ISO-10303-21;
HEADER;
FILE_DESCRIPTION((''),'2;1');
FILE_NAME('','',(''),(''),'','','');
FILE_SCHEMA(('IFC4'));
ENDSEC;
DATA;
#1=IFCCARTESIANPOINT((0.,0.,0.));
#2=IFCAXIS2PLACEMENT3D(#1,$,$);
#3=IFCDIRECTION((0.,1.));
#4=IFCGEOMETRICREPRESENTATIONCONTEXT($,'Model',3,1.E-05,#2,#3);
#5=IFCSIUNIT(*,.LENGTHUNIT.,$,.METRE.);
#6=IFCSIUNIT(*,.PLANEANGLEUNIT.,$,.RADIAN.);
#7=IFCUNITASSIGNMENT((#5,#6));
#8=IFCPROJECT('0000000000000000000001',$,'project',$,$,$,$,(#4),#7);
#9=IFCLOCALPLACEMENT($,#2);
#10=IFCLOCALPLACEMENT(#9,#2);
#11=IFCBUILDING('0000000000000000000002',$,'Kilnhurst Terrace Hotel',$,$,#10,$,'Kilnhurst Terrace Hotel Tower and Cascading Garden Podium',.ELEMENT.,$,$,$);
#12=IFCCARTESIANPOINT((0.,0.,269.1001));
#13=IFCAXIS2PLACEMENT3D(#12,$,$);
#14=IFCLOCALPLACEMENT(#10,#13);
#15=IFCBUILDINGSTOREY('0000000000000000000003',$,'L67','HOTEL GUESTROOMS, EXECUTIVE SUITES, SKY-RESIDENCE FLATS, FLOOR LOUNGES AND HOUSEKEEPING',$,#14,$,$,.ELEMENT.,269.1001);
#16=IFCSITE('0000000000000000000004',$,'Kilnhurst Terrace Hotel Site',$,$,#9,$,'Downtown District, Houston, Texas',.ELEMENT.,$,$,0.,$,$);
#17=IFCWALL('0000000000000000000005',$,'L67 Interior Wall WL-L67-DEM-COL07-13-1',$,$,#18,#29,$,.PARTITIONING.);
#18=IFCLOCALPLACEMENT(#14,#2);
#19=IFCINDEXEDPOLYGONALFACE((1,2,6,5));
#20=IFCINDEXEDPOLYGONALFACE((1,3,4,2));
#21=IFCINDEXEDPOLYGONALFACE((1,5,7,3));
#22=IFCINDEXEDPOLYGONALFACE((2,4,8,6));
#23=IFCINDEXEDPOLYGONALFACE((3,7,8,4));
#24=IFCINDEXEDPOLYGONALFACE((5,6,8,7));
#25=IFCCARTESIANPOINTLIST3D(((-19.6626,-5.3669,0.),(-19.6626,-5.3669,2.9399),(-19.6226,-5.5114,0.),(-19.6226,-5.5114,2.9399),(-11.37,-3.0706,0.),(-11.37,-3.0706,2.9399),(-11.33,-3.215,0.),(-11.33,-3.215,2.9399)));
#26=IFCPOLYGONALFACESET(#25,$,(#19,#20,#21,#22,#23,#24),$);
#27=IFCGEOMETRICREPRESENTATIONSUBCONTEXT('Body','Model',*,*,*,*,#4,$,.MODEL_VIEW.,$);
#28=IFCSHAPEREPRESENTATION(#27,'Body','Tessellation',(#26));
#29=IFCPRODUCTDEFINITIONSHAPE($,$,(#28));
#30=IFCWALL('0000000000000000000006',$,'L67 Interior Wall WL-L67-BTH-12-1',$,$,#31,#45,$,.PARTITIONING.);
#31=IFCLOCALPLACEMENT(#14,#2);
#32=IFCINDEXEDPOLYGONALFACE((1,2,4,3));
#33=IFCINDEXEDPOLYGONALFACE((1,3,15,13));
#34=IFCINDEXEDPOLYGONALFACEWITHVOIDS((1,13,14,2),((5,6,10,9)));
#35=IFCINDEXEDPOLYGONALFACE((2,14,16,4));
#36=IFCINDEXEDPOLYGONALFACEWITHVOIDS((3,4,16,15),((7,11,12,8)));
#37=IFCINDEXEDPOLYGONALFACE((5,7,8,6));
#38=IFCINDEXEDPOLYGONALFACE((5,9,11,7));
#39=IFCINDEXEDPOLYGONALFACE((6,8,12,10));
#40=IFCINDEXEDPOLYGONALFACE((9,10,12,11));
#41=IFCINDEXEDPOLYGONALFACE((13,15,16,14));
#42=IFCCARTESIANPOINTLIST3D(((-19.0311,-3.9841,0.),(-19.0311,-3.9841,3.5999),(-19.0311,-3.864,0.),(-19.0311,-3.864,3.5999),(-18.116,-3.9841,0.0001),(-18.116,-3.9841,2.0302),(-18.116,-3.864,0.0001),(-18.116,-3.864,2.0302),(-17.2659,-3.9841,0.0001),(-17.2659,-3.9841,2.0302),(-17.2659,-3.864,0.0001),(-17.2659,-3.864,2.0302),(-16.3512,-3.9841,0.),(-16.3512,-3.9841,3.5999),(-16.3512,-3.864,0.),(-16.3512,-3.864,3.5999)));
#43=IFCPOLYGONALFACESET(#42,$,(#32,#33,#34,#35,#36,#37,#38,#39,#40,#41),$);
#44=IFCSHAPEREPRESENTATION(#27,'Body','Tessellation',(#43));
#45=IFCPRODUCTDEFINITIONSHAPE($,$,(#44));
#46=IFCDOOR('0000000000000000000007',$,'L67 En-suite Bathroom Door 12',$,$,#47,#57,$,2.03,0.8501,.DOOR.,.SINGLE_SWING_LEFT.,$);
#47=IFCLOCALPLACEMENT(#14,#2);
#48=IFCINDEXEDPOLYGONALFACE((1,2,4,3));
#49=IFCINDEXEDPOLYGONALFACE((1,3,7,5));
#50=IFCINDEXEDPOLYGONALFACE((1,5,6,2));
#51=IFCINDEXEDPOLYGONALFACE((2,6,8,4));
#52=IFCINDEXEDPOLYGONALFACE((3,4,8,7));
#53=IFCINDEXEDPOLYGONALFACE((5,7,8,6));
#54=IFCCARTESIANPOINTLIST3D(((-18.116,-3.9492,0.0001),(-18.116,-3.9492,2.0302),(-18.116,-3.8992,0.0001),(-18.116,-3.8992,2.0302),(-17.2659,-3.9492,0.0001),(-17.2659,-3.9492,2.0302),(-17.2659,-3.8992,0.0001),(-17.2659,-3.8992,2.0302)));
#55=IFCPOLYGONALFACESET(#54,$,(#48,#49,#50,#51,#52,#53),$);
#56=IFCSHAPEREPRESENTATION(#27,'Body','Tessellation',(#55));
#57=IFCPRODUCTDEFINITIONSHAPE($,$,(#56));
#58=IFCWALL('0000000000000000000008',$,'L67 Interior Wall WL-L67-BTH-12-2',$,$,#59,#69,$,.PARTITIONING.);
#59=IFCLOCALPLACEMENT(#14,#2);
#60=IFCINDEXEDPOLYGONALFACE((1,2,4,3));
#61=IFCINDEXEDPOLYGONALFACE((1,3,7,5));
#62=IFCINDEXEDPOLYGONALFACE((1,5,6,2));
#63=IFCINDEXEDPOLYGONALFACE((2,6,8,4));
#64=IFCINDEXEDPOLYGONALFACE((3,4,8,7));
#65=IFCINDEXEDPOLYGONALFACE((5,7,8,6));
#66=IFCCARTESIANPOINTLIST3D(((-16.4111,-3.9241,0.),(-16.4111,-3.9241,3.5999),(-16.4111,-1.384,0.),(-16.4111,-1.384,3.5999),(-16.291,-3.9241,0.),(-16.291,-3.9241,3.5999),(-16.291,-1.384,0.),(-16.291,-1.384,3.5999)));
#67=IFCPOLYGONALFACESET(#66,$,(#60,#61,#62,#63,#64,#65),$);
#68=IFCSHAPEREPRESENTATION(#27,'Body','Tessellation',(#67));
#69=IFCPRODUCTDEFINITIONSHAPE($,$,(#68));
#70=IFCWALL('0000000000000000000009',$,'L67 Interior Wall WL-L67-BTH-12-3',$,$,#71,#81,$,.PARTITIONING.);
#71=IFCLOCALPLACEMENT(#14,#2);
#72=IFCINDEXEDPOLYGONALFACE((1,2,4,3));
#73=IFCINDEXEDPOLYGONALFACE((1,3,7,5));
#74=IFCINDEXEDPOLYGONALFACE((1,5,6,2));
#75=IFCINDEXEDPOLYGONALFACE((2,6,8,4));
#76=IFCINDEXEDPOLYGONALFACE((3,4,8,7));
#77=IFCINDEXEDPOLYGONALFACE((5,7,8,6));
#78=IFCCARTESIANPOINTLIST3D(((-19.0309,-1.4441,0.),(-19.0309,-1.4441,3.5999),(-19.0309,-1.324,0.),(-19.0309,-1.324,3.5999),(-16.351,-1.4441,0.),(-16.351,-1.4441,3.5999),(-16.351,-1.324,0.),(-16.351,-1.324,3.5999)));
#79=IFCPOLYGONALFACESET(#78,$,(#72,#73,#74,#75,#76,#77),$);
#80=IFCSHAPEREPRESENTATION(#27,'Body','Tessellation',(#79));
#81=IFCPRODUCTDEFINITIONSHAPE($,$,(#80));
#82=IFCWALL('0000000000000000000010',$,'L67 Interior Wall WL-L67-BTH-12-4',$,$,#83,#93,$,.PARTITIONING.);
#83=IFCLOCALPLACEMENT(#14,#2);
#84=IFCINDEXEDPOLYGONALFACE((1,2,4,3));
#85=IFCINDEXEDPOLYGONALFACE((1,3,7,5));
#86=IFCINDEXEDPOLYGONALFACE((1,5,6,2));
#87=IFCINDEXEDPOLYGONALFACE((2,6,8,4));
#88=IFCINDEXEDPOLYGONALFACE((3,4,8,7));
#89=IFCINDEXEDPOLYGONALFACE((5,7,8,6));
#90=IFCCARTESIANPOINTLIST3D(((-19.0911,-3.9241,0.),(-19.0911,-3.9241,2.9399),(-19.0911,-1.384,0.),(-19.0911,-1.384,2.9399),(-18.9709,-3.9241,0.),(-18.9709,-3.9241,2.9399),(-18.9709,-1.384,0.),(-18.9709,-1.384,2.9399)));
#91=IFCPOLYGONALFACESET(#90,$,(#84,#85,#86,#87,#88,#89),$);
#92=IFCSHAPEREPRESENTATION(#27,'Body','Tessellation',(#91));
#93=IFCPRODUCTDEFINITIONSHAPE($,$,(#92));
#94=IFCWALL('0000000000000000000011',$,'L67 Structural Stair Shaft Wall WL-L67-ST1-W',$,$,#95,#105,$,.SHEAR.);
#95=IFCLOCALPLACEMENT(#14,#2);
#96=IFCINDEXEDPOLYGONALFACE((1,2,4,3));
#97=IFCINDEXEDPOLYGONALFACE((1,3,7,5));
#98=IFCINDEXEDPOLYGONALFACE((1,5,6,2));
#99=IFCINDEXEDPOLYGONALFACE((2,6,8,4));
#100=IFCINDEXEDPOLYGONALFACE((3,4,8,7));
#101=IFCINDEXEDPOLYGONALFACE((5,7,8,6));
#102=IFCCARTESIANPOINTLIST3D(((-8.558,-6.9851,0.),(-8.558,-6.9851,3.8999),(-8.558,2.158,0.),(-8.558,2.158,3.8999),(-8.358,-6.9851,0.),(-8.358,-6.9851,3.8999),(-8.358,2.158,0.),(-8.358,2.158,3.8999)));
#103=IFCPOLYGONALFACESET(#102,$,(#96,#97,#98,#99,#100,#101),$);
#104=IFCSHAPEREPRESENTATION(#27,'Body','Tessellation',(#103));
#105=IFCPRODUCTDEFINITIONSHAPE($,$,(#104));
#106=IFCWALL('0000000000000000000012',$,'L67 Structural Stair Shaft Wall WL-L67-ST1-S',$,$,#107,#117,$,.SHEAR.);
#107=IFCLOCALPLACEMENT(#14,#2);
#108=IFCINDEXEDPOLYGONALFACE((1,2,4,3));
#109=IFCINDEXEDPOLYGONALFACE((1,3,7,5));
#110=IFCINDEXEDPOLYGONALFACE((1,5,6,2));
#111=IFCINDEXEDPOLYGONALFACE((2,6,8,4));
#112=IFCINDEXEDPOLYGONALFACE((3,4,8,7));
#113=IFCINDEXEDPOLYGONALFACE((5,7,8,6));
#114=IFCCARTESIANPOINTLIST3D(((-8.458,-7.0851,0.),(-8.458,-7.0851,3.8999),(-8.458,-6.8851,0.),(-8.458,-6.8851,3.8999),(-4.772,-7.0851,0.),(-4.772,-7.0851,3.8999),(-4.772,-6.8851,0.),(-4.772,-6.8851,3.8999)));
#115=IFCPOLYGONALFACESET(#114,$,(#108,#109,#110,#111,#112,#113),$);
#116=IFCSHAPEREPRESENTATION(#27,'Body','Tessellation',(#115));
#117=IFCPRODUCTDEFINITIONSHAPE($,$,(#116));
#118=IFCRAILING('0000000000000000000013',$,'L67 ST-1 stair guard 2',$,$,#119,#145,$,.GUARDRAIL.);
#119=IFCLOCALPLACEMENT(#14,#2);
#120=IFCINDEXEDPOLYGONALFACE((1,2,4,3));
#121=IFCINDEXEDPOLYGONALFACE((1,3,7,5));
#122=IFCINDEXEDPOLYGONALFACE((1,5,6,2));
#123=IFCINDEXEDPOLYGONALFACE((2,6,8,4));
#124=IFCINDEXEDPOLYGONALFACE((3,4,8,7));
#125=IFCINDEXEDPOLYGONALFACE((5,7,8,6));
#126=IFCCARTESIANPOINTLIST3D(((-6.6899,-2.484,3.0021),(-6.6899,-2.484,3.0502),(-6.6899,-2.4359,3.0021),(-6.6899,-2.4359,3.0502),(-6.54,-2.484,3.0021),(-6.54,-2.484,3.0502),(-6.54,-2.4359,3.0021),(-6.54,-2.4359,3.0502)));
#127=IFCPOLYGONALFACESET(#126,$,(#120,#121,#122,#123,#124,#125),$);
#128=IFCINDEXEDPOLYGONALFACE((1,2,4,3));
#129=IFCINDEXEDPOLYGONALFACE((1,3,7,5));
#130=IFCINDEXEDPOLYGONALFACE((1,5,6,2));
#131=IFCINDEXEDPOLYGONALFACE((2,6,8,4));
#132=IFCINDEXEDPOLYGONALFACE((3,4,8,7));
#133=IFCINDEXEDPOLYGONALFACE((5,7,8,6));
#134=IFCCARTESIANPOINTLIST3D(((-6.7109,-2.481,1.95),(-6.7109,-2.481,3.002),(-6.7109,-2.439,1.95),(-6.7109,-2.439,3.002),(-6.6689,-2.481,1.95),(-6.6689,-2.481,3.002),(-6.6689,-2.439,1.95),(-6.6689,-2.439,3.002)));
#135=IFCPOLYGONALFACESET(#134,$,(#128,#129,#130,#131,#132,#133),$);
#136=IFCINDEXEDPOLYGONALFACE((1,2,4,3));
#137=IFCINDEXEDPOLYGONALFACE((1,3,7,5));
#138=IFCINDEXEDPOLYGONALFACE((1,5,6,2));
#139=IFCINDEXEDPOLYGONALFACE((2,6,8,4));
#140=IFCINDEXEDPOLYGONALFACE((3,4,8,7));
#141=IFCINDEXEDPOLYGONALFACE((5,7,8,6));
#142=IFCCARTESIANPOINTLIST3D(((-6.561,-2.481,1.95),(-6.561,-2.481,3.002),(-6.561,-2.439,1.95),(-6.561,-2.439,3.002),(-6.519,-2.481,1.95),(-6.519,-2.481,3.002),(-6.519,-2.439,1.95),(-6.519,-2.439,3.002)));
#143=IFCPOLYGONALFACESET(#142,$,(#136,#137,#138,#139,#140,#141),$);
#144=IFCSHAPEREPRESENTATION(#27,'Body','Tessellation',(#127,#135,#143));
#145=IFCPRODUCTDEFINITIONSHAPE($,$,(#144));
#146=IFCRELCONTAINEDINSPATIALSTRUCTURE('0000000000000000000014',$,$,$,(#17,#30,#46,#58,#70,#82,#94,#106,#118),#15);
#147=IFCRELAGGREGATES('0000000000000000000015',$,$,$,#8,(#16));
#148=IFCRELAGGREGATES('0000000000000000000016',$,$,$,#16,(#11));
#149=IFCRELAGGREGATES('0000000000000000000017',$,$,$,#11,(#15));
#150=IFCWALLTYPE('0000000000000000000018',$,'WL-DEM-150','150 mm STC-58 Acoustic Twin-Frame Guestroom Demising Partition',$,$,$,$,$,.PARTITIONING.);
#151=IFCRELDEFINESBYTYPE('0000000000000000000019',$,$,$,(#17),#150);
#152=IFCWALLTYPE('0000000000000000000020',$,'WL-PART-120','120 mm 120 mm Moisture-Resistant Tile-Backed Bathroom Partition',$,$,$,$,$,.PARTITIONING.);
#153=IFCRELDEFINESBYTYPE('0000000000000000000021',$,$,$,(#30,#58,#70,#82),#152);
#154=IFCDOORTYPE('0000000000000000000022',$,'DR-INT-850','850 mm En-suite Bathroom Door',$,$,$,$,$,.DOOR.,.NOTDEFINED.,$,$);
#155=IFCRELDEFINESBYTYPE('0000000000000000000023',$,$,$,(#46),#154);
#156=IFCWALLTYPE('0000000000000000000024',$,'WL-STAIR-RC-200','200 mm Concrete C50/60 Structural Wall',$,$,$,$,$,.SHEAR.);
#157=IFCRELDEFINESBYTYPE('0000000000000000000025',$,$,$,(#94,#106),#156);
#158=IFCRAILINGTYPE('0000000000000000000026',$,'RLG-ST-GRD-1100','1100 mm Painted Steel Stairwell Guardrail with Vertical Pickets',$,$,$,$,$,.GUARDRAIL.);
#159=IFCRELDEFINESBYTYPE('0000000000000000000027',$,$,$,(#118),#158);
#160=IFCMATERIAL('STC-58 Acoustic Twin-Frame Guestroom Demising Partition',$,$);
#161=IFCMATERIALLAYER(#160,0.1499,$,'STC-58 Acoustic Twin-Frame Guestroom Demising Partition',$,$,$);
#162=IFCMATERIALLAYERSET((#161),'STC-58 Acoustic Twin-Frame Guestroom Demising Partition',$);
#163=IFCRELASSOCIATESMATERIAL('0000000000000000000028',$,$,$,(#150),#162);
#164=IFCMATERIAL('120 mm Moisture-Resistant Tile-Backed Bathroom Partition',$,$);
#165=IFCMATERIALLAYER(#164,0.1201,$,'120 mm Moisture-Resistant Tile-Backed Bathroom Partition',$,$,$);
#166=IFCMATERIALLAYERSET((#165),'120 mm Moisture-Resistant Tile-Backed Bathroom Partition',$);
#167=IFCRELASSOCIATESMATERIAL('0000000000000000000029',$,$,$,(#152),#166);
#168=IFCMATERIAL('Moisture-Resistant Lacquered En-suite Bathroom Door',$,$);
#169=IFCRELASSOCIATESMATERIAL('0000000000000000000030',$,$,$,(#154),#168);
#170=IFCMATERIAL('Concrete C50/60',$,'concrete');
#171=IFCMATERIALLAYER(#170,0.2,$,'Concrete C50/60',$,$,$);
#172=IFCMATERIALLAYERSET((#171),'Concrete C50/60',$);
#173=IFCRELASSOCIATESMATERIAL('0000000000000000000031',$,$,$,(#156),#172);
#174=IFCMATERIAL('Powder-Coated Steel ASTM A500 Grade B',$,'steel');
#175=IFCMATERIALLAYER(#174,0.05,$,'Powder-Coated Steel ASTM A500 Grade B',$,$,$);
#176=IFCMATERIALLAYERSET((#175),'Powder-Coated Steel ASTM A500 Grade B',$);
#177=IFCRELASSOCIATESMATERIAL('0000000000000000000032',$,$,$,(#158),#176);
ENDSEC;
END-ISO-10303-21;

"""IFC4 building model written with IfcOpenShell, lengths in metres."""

from ifc_helpers import new_model, si_unit, direction, frame, frame_2d, origin, origin_2d, place, context, subcontext, project, spatial, rectangle, extrude, material, layer, layer_set, type_object, element, fill, save


model = new_model("IFC4")

# Units and contexts
model_context = context("Model", 3, precision=1e-05, world=origin(), true_north=direction((0.0, 1.0)))
body_context = subcontext(model_context, "Body", "Model", "MODEL_VIEW")
ifc_project = project(units=[si_unit("LENGTHUNIT", "METRE"), si_unit("PLANEANGLEUNIT", "RADIAN")], contexts=[model_context])

# Site, building, storey
site_placement = place(None, origin())
site = spatial("IfcSite", under=ifc_project, at=site_placement, Name="Kilnhurst Terrace Hotel Site", LongName="Downtown District, Houston, Texas", CompositionType="ELEMENT", RefElevation=0.0)
building_placement = place(site_placement, origin())
building = spatial("IfcBuilding", under=site, at=building_placement, Name="Kilnhurst Terrace Hotel", LongName="Kilnhurst Terrace Hotel Tower and Cascading Garden Podium", CompositionType="ELEMENT")
storey_placement = place(building_placement, frame((0.0, 0.0, 269.1001)))
storey = spatial("IfcBuildingStorey", under=building, at=storey_placement, Name="L67", Description="HOTEL GUESTROOMS, EXECUTIVE SUITES, SKY-RESIDENCE FLATS, FLOOR LOUNGES AND HOUSEKEEPING", CompositionType="ELEMENT", Elevation=269.1001)

# Shared definitions
ifc_material_1 = material(Name="Concrete C50/60", Category="concrete")

# Wall
ifc_material_2 = material(Name="STC-58 Acoustic Twin-Frame Guestroom Demising Partition")
ifc_layer_1 = layer(ifc_material_2, 0.1499, Name="STC-58 Acoustic Twin-Frame Guestroom Demising Partition")
ifc_layer_set_1 = layer_set([ifc_layer_1], Name="STC-58 Acoustic Twin-Frame Guestroom Demising Partition")
wall_type_1 = type_object("IfcWallType", Name="WL-DEM-150", Description="150 mm STC-58 Acoustic Twin-Frame Guestroom Demising Partition", PredefinedType="PARTITIONING", material=ifc_layer_set_1)
wall_1_placement = place(storey_placement, frame((-11.3501, -3.1428, 0.0), z_axis=(0.0, 0.0, 1.0), x_axis=(-0.963732, -0.266873, 0.0)))
element("IfcWall", 1, at=wall_1_placement, inside=storey, type_object=wall_type_1, Name="L67 Interior Wall WL-L67-DEM-COL07-13-1", PredefinedType="PARTITIONING", context=body_context, shape_type="SweptSolid", body=[
    extrude(rectangle(XDim=8.6047, YDim=0.1499, at=frame_2d((4.3022, 0.0))), origin(), (0.0, 0.0, 1.0), 2.9399),
])

# Wall, opening, door
ifc_material_3 = material(Name="120 mm Moisture-Resistant Tile-Backed Bathroom Partition")
ifc_layer_2 = layer(ifc_material_3, 0.1201, Name="120 mm Moisture-Resistant Tile-Backed Bathroom Partition")
ifc_layer_set_2 = layer_set([ifc_layer_2], Name="120 mm Moisture-Resistant Tile-Backed Bathroom Partition")
wall_type_2 = type_object("IfcWallType", Name="WL-PART-120", Description="120 mm 120 mm Moisture-Resistant Tile-Backed Bathroom Partition", PredefinedType="PARTITIONING", material=ifc_layer_set_2)
wall_2_placement = place(storey_placement, frame((-19.031, -3.9241, 0.0), z_axis=(0.0, 0.0, 1.0), x_axis=(1.0, 0.0, 0.0)))
wall_2 = element("IfcWall", 2, at=wall_2_placement, inside=storey, type_object=wall_type_2, Name="L67 Interior Wall WL-L67-BTH-12-1", PredefinedType="PARTITIONING", context=body_context, shape_type="SweptSolid", body=[
    extrude(rectangle(XDim=2.6799, YDim=0.1201, at=frame_2d((1.3398, 0.0))), origin(), (0.0, 0.0, 1.0), 3.5999),
])
opening_1_placement = place(wall_2_placement, frame((0.915, 0.0, 0.0)))
opening_1 = element("IfcOpeningElement", 3, at=opening_1_placement, cuts=wall_2, PredefinedType="OPENING", context=body_context, shape_type="SweptSolid", body=[
    extrude(rectangle(XDim=0.8501, YDim=2.03, at=frame_2d((0.425, 1.0151))), frame((0.0, 0.0701, 0.0), z_axis=(0.0, -1.0, 0.0), x_axis=(1.0, 0.0, 0.0)), (0.0, 0.0, 1.0), 0.1401),
])
ifc_material_4 = material(Name="Moisture-Resistant Lacquered En-suite Bathroom Door")
door_type_1 = type_object("IfcDoorType", Name="DR-INT-850", Description="850 mm En-suite Bathroom Door", OperationType="NOTDEFINED", PredefinedType="DOOR", material=ifc_material_4)
door_1_placement = place(opening_1_placement, origin())
door_1 = element("IfcDoor", 4, at=door_1_placement, inside=storey, type_object=door_type_1, Name="L67 En-suite Bathroom Door 12", OperationType="SINGLE_SWING_LEFT", OverallHeight=2.03, OverallWidth=0.8501, PredefinedType="DOOR", context=body_context, shape_type="SweptSolid", body=[
    extrude(rectangle(XDim=0.8501, YDim=2.03, at=frame_2d((0.425, 1.0151))), frame((0.0, 0.0249, 0.0), z_axis=(0.0, -1.0, 0.0), x_axis=(1.0, 0.0, 0.0)), (0.0, 0.0, 1.0), 0.05),
])
fill(opening_1, door_1)

# Walls
wall_3_placement = place(storey_placement, frame((-16.3511, -3.9241, 0.0), z_axis=(0.0, 0.0, 1.0), x_axis=(0.0, 1.0, 0.0)))
element("IfcWall", 5, at=wall_3_placement, inside=storey, type_object=wall_type_2, Name="L67 Interior Wall WL-L67-BTH-12-2", PredefinedType="PARTITIONING", context=body_context, shape_type="SweptSolid", body=[
    extrude(rectangle(XDim=2.54, YDim=0.1201, at=frame_2d((1.27, 0.0))), origin(), (0.0, 0.0, 1.0), 3.5999),
])
wall_4_placement = place(storey_placement, frame((-16.3511, -1.384, 0.0), z_axis=(0.0, 0.0, 1.0), x_axis=(-1.0, 0.0, 0.0)))
element("IfcWall", 6, at=wall_4_placement, inside=storey, type_object=wall_type_2, Name="L67 Interior Wall WL-L67-BTH-12-3", PredefinedType="PARTITIONING", context=body_context, shape_type="SweptSolid", body=[
    extrude(rectangle(XDim=2.6799, YDim=0.1201, at=frame_2d((1.3398, 0.0))), origin(), (0.0, 0.0, 1.0), 3.5999),
])
wall_5_placement = place(storey_placement, frame((-19.031, -1.384, 0.0), z_axis=(0.0, 0.0, 1.0), x_axis=(0.0, -1.0, 0.0)))
element("IfcWall", 7, at=wall_5_placement, inside=storey, type_object=wall_type_2, Name="L67 Interior Wall WL-L67-BTH-12-4", PredefinedType="PARTITIONING", context=body_context, shape_type="SweptSolid", body=[
    extrude(rectangle(XDim=2.54, YDim=0.1201, at=frame_2d((1.27, 0.0))), origin(), (0.0, 0.0, 1.0), 2.9399),
])
ifc_layer_3 = layer(ifc_material_1, 0.2, Name="Concrete C50/60")
ifc_layer_set_3 = layer_set([ifc_layer_3], Name="Concrete C50/60")
wall_type_3 = type_object("IfcWallType", Name="WL-STAIR-RC-200", Description="200 mm Concrete C50/60 Structural Wall", PredefinedType="SHEAR", material=ifc_layer_set_3)
wall_6_placement = place(storey_placement, frame((-8.458, -6.9851, 0.0), z_axis=(0.0, 0.0, 1.0), x_axis=(0.0, 1.0, 0.0)))
element("IfcWall", 8, at=wall_6_placement, inside=storey, type_object=wall_type_3, Name="L67 Structural Stair Shaft Wall WL-L67-ST1-W", PredefinedType="SHEAR", context=body_context, shape_type="SweptSolid", body=[
    extrude(rectangle(XDim=9.1431, YDim=0.2, at=frame_2d((4.5715, 0.0))), origin(), (0.0, 0.0, 1.0), 3.8999),
])
wall_7_placement = place(storey_placement, frame((-8.458, -6.9851, 0.0), z_axis=(0.0, 0.0, 1.0), x_axis=(1.0, 0.0, 0.0)))
element("IfcWall", 9, at=wall_7_placement, inside=storey, type_object=wall_type_3, Name="L67 Structural Stair Shaft Wall WL-L67-ST1-S", PredefinedType="SHEAR", context=body_context, shape_type="SweptSolid", body=[
    extrude(rectangle(XDim=3.686, YDim=0.2, at=frame_2d((1.843, 0.0))), origin(), (0.0, 0.0, 1.0), 3.8999),
])

# Railing
ifc_material_5 = material(Name="Powder-Coated Steel ASTM A500 Grade B", Category="steel")
ifc_layer_4 = layer(ifc_material_5, 0.05, Name="Powder-Coated Steel ASTM A500 Grade B")
ifc_layer_set_4 = layer_set([ifc_layer_4], Name="Powder-Coated Steel ASTM A500 Grade B")
railing_type = type_object("IfcRailingType", Name="RLG-ST-GRD-1100", Description="1100 mm Painted Steel Stairwell Guardrail with Vertical Pickets", PredefinedType="GUARDRAIL", material=ifc_layer_set_4)
railing_placement = place(storey_placement, frame((-6.6899, -2.46, 1.95)))
element("IfcRailing", 10, at=railing_placement, inside=storey, type_object=railing_type, Name="L67 ST-1 stair guard 2", PredefinedType="GUARDRAIL", context=body_context, shape_type="SweptSolid", body=[
    extrude(rectangle(XDim=0.0481, YDim=0.0481, at=origin_2d()), frame((0.0, 0.0, 1.0762), z_axis=(1.0, 0.0, 0.0), x_axis=(0.0, 1.0, 0.0)), (0.0, 0.0, 1.0), 0.1499),
    extrude(rectangle(XDim=0.042, YDim=0.042, at=origin_2d()), origin(), (0.0, 0.0, 1.0), 1.052),
    extrude(rectangle(XDim=0.042, YDim=0.042, at=origin_2d()), frame((0.1499, 0.0, 0.0)), (0.0, 0.0, 1.0), 1.052),
])

save(model, "model.ifc")
